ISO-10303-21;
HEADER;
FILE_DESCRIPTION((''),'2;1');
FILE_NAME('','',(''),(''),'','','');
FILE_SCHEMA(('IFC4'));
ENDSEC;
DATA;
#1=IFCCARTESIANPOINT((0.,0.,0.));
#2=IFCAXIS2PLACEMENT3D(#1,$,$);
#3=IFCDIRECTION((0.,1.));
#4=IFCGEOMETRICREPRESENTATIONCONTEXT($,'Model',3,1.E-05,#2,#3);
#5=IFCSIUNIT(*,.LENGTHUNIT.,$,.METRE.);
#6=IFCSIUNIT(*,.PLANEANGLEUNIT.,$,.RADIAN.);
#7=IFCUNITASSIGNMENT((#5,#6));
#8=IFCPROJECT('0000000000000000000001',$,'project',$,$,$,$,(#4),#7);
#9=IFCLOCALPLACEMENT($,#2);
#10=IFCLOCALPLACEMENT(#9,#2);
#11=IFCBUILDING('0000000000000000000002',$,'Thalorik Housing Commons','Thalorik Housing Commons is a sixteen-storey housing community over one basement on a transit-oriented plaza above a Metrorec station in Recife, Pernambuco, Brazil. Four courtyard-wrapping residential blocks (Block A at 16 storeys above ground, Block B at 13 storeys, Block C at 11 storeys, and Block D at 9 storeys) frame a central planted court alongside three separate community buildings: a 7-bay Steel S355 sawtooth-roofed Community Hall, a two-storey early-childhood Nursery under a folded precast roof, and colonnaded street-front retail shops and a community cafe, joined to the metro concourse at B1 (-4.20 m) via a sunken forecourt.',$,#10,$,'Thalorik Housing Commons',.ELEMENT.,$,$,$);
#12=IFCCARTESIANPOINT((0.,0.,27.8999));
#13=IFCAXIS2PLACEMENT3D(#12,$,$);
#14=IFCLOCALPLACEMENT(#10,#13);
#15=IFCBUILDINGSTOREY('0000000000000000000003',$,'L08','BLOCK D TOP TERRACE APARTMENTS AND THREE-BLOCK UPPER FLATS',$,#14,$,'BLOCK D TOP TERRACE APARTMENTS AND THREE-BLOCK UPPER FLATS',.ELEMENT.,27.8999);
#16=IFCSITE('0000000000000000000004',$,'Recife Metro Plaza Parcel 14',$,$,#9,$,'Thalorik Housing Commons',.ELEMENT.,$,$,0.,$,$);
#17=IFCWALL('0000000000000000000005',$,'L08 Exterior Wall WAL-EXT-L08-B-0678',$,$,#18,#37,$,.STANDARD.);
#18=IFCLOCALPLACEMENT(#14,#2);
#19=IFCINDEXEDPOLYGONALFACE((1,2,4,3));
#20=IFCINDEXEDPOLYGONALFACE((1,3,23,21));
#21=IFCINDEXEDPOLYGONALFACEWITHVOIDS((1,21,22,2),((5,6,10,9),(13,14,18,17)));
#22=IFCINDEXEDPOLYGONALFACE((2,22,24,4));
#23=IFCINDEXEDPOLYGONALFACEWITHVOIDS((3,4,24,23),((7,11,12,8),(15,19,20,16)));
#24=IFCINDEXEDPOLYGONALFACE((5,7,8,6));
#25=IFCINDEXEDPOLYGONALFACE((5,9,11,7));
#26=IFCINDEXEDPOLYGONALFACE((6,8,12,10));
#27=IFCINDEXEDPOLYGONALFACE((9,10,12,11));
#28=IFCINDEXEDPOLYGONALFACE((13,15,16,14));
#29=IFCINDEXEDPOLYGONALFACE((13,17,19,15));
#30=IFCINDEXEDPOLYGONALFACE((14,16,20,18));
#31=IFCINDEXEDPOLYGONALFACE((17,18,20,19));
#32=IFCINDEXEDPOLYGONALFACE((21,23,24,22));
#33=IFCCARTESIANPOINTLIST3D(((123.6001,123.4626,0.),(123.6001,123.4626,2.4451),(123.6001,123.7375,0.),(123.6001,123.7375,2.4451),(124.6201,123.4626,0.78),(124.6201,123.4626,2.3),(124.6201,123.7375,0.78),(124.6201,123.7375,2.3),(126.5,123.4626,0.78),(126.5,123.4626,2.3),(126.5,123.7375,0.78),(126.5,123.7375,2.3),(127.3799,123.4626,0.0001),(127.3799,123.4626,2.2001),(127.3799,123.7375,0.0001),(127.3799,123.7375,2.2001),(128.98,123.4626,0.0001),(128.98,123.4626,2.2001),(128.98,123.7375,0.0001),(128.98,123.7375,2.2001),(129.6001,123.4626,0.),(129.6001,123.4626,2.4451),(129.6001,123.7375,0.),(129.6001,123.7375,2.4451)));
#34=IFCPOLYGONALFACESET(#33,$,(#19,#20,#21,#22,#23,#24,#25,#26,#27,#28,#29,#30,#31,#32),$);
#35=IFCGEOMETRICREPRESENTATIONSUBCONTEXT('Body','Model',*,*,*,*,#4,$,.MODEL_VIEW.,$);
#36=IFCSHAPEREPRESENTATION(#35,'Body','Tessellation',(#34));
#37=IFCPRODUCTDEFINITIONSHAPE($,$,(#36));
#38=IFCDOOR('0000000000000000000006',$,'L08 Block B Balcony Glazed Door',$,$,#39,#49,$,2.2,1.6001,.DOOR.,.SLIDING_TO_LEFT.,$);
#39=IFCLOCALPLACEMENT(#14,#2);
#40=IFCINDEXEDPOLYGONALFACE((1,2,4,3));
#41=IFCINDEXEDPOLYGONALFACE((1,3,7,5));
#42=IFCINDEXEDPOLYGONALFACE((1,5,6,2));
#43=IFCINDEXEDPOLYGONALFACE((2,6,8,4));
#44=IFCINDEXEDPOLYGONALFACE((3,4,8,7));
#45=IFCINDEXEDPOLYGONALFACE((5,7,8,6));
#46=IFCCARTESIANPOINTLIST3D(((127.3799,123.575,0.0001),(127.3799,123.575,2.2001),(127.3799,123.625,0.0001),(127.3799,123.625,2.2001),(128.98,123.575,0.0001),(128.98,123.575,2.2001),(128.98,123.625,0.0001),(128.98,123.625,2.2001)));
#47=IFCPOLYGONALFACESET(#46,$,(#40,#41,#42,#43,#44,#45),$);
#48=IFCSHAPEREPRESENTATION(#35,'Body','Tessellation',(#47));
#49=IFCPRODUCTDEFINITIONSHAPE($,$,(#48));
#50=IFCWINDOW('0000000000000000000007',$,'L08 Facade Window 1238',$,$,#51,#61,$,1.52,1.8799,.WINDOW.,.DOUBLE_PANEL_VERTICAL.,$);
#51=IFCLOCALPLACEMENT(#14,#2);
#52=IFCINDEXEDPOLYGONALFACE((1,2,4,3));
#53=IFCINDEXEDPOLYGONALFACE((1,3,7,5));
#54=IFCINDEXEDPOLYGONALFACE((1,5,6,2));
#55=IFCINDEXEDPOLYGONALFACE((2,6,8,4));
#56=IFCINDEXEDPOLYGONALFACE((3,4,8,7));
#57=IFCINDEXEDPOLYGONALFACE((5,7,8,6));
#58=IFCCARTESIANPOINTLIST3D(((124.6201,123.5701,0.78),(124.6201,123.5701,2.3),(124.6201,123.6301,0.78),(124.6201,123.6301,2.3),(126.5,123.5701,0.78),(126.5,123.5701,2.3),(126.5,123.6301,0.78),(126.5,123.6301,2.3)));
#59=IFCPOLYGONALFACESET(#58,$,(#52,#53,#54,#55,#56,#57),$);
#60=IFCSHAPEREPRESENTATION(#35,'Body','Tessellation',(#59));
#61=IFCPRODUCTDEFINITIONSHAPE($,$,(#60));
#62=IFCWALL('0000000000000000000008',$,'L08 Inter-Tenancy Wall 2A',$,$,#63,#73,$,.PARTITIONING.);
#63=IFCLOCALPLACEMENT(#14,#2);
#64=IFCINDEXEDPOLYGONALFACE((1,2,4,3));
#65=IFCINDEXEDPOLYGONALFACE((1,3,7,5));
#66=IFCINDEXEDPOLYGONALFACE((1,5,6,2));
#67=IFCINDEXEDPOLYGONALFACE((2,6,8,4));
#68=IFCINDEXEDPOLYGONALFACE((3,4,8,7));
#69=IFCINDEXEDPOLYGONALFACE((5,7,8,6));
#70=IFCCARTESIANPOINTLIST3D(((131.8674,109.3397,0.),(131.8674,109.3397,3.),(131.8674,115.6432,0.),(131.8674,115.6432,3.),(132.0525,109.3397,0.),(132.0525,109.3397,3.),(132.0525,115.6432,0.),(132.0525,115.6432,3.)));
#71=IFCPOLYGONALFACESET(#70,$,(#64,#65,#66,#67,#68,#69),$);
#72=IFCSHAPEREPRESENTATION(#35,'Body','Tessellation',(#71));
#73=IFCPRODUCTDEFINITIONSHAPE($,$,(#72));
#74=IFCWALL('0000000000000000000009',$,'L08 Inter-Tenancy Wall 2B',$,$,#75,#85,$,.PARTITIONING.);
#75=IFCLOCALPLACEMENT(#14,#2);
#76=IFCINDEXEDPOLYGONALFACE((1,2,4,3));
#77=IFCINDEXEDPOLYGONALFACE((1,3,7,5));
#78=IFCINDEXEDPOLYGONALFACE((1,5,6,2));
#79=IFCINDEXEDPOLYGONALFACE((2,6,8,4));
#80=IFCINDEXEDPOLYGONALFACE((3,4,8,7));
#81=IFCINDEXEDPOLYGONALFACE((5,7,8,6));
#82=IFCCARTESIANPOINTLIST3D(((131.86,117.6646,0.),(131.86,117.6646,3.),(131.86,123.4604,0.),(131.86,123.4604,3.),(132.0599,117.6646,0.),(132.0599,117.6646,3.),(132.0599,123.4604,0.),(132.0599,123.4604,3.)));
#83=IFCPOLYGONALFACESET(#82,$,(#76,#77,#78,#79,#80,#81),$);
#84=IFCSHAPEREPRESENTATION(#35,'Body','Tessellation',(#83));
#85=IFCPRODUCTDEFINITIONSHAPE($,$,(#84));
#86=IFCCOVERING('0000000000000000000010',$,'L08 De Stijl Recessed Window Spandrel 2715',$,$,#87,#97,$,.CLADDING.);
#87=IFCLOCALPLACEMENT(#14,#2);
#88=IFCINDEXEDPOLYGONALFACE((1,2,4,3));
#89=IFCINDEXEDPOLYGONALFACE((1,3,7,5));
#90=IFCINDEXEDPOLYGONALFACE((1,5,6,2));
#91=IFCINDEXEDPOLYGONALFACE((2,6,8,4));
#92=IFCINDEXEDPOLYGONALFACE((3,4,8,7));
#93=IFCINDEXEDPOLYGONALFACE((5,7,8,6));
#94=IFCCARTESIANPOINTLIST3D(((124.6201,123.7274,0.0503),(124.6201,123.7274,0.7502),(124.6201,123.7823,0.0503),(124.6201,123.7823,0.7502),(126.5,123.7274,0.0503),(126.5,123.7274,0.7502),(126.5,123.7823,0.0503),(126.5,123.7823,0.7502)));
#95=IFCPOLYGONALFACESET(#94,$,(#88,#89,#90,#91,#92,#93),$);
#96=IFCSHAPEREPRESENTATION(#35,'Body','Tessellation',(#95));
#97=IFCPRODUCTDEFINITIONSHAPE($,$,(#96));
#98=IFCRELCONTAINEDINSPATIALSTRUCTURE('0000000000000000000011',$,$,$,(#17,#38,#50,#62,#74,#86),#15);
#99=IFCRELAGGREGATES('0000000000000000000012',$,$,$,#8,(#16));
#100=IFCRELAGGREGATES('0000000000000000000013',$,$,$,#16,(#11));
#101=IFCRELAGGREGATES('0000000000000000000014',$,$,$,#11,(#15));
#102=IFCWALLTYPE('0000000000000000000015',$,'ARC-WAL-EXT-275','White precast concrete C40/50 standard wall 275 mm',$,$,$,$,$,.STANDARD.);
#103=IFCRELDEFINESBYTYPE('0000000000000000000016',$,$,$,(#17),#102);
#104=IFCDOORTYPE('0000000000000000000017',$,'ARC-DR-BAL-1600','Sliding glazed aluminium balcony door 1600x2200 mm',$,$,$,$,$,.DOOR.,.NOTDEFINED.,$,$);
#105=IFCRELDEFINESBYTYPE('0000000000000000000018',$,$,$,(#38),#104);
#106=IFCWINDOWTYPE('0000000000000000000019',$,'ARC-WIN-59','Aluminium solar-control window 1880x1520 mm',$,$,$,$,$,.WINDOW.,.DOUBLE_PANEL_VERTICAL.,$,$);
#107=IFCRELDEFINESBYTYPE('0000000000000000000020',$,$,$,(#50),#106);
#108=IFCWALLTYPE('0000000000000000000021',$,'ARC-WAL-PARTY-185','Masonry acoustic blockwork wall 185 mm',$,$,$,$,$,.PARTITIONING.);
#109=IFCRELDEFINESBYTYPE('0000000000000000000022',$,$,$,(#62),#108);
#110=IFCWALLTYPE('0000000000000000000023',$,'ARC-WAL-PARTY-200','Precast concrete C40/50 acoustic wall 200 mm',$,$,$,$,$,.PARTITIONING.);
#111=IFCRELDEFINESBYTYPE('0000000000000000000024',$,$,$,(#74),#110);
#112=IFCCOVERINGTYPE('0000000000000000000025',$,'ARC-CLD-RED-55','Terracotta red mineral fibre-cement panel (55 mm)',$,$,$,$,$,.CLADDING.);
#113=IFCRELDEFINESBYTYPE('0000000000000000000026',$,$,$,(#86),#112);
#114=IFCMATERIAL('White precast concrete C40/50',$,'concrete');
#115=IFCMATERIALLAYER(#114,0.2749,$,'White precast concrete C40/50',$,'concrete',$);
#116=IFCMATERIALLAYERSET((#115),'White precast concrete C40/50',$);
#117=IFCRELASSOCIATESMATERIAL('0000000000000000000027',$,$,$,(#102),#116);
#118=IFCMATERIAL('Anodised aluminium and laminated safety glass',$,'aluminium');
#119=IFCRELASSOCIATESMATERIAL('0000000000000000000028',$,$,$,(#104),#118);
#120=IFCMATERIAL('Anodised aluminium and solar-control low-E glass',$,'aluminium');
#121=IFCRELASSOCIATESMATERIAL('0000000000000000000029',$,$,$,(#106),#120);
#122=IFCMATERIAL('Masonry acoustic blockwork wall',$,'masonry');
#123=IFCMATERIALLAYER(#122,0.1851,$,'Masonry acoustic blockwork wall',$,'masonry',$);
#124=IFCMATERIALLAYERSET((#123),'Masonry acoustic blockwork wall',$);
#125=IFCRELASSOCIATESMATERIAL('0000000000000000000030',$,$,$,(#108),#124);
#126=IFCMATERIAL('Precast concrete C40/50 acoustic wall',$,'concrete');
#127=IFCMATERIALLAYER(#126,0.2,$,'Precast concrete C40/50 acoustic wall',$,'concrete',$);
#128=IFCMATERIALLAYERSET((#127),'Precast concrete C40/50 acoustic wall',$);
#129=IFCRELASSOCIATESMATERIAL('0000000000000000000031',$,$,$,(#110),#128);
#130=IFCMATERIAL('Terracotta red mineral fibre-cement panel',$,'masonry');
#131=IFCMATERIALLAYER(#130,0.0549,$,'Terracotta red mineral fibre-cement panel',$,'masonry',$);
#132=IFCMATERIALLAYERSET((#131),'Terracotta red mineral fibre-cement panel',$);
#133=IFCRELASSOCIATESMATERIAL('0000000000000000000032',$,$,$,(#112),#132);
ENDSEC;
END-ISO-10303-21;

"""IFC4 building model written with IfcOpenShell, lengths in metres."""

from ifc_helpers import new_model, si_unit, direction, frame, frame_2d, origin, origin_2d, place, context, subcontext, project, spatial, rectangle, extrude, material, layer, layer_set, type_object, element, fill, save


model = new_model("IFC4")

# Units and contexts
model_context = context("Model", 3, precision=1e-05, world=origin(), true_north=direction((0.0, 1.0)))
body_context = subcontext(model_context, "Body", "Model", "MODEL_VIEW")
ifc_project = project(units=[si_unit("LENGTHUNIT", "METRE"), si_unit("PLANEANGLEUNIT", "RADIAN")], contexts=[model_context])

# Site, building, storey
site_placement = place(None, origin())
site = spatial("IfcSite", under=ifc_project, at=site_placement, Name="Recife Metro Plaza Parcel 14", LongName="Thalorik Housing Commons", CompositionType="ELEMENT", RefElevation=0.0)
building_placement = place(site_placement, origin())
building = spatial("IfcBuilding", under=site, at=building_placement, Name="Thalorik Housing Commons", Description="Thalorik Housing Commons is a sixteen-storey housing community over one basement on a transit-oriented plaza above a Metrorec station in Recife, Pernambuco, Brazil. Four courtyard-wrapping residential blocks (Block A at 16 storeys above ground, Block B at 13 storeys, Block C at 11 storeys, and Block D at 9 storeys) frame a central planted court alongside three separate community buildings: a 7-bay Steel S355 sawtooth-roofed Community Hall, a two-storey early-childhood Nursery under a folded precast roof, and colonnaded street-front retail shops and a community cafe, joined to the metro concourse at B1 (-4.20 m) via a sunken forecourt.", LongName="Thalorik Housing Commons", CompositionType="ELEMENT")
storey_placement = place(building_placement, frame((0.0, 0.0, 27.8999)))
storey = spatial("IfcBuildingStorey", under=building, at=storey_placement, Name="L08", Description="BLOCK D TOP TERRACE APARTMENTS AND THREE-BLOCK UPPER FLATS", LongName="BLOCK D TOP TERRACE APARTMENTS AND THREE-BLOCK UPPER FLATS", CompositionType="ELEMENT", Elevation=27.8999)

# Wall, openings, door, window
ifc_material_1 = material(Name="White precast concrete C40/50", Category="concrete")
ifc_layer_1 = layer(ifc_material_1, 0.2749, Name="White precast concrete C40/50", Category="concrete")
ifc_layer_set_1 = layer_set([ifc_layer_1], Name="White precast concrete C40/50")
wall_type_1 = type_object("IfcWallType", Name="ARC-WAL-EXT-275", Description="White precast concrete C40/50 standard wall 275 mm", PredefinedType="STANDARD", material=ifc_layer_set_1)
wall_1_placement = place(storey_placement, frame((129.6001, 123.6001, 0.0), z_axis=(0.0, 0.0, 1.0), x_axis=(-1.0, 0.0, 0.0)))
wall_1 = element("IfcWall", 1, at=wall_1_placement, inside=storey, type_object=wall_type_1, Name="L08 Exterior Wall WAL-EXT-L08-B-0678", PredefinedType="STANDARD", context=body_context, shape_type="SweptSolid", body=[
    extrude(rectangle(XDim=6.0, YDim=0.2749, at=frame_2d((3.0, 0.0))), origin(), (0.0, 0.0, 1.0), 2.4451),
])
opening_1_placement = place(wall_1_placement, frame((0.6201, 0.0, 0.0)))
opening_1 = element("IfcOpeningElement", 2, at=opening_1_placement, cuts=wall_1, PredefinedType="OPENING", context=body_context, shape_type="SweptSolid", body=[
    extrude(rectangle(XDim=1.6001, YDim=2.2, at=frame_2d((0.8, 1.1001))), frame((0.0, 0.1475, 0.0), z_axis=(0.0, -1.0, 0.0), x_axis=(1.0, 0.0, 0.0)), (0.0, 0.0, 1.0), 0.2949),
])
opening_2_placement = place(wall_1_placement, frame((3.1001, 0.0, 0.78)))
opening_2 = element("IfcOpeningElement", 3, at=opening_2_placement, cuts=wall_1, PredefinedType="OPENING", context=body_context, shape_type="SweptSolid", body=[
    extrude(rectangle(XDim=1.8799, YDim=1.52, at=frame_2d((0.9399, 0.76))), frame((0.0, 0.1475, 0.0), z_axis=(0.0, -1.0, 0.0), x_axis=(1.0, 0.0, 0.0)), (0.0, 0.0, 1.0), 0.2949),
])
ifc_material_2 = material(Name="Anodised aluminium and laminated safety glass", Category="aluminium")
door_type_1 = type_object("IfcDoorType", Name="ARC-DR-BAL-1600", Description="Sliding glazed aluminium balcony door 1600x2200 mm", OperationType="NOTDEFINED", PredefinedType="DOOR", material=ifc_material_2)
door_1_placement = place(opening_1_placement, frame((1.6001, 0.0, 0.0), z_axis=(0.0, 0.0, 1.0), x_axis=(-1.0, 0.0, 0.0)))
door_1 = element("IfcDoor", 4, at=door_1_placement, inside=storey, type_object=door_type_1, Name="L08 Block B Balcony Glazed Door", OperationType="SLIDING_TO_LEFT", OverallHeight=2.2, OverallWidth=1.6001, PredefinedType="DOOR", context=body_context, shape_type="SweptSolid", body=[
    extrude(rectangle(XDim=1.6001, YDim=2.2, at=frame_2d((0.8, 1.1001))), frame((0.0, 0.0249, 0.0), z_axis=(0.0, -1.0, 0.0), x_axis=(1.0, 0.0, 0.0)), (0.0, 0.0, 1.0), 0.05),
])
fill(opening_1, door_1)
ifc_material_3 = material(Name="Anodised aluminium and solar-control low-E glass", Category="aluminium")
window_type_1 = type_object("IfcWindowType", Name="ARC-WIN-59", Description="Aluminium solar-control window 1880x1520 mm", PartitioningType="DOUBLE_PANEL_VERTICAL", PredefinedType="WINDOW", material=ifc_material_3)
window_1_placement = place(opening_2_placement, origin())
window_1 = element("IfcWindow", 5, at=window_1_placement, inside=storey, type_object=window_type_1, Name="L08 Facade Window 1238", OverallHeight=1.52, OverallWidth=1.8799, PartitioningType="DOUBLE_PANEL_VERTICAL", PredefinedType="WINDOW", context=body_context, shape_type="SweptSolid", body=[
    extrude(rectangle(XDim=1.8799, YDim=1.52, at=frame_2d((0.9399, 0.76))), frame((0.0, 0.03, 0.0), z_axis=(0.0, -1.0, 0.0), x_axis=(1.0, 0.0, 0.0)), (0.0, 0.0, 1.0), 0.0601),
])
fill(opening_2, window_1)

# Walls
ifc_material_4 = material(Name="Masonry acoustic blockwork wall", Category="masonry")
ifc_layer_2 = layer(ifc_material_4, 0.1851, Name="Masonry acoustic blockwork wall", Category="masonry")
ifc_layer_set_2 = layer_set([ifc_layer_2], Name="Masonry acoustic blockwork wall")
wall_type_2 = type_object("IfcWallType", Name="ARC-WAL-PARTY-185", Description="Masonry acoustic blockwork wall 185 mm", PredefinedType="PARTITIONING", material=ifc_layer_set_2)
wall_2_placement = place(storey_placement, frame((131.96, 109.3396, 0.0), z_axis=(0.0, 0.0, 1.0), x_axis=(0.0, 1.0, 0.0)))
element("IfcWall", 6, at=wall_2_placement, inside=storey, type_object=wall_type_2, Name="L08 Inter-Tenancy Wall 2A", PredefinedType="PARTITIONING", context=body_context, shape_type="SweptSolid", body=[
    extrude(rectangle(XDim=6.3035, YDim=0.1851, at=frame_2d((3.1519, 0.0))), origin(), (0.0, 0.0, 1.0), 3.0),
])
ifc_material_5 = material(Name="Precast concrete C40/50 acoustic wall", Category="concrete")
ifc_layer_3 = layer(ifc_material_5, 0.2, Name="Precast concrete C40/50 acoustic wall", Category="concrete")
ifc_layer_set_3 = layer_set([ifc_layer_3], Name="Precast concrete C40/50 acoustic wall")
wall_type_3 = type_object("IfcWallType", Name="ARC-WAL-PARTY-200", Description="Precast concrete C40/50 acoustic wall 200 mm", PredefinedType="PARTITIONING", material=ifc_layer_set_3)
wall_3_placement = place(storey_placement, frame((131.96, 117.6646, 0.0), z_axis=(0.0, 0.0, 1.0), x_axis=(0.0, 1.0, 0.0)))
element("IfcWall", 7, at=wall_3_placement, inside=storey, type_object=wall_type_3, Name="L08 Inter-Tenancy Wall 2B", PredefinedType="PARTITIONING", context=body_context, shape_type="SweptSolid", body=[
    extrude(rectangle(XDim=5.7959, YDim=0.2, at=frame_2d((2.8979, 0.0))), origin(), (0.0, 0.0, 1.0), 3.0),
])

# Covering
ifc_material_6 = material(Name="Terracotta red mineral fibre-cement panel", Category="masonry")
ifc_layer_4 = layer(ifc_material_6, 0.0549, Name="Terracotta red mineral fibre-cement panel", Category="masonry")
ifc_layer_set_4 = layer_set([ifc_layer_4], Name="Terracotta red mineral fibre-cement panel")
covering_type_1 = type_object("IfcCoveringType", Name="ARC-CLD-RED-55", Description="Terracotta red mineral fibre-cement panel (55 mm)", PredefinedType="CLADDING", material=ifc_layer_set_4)
covering_1_placement = place(storey_placement, frame((125.5601, 123.7549, 0.0503), z_axis=(0.0, 0.0, 1.0), x_axis=(-1.0, 0.0, 0.0)))
element("IfcCovering", 8, at=covering_1_placement, inside=storey, type_object=covering_type_1, Name="L08 De Stijl Recessed Window Spandrel 2715", PredefinedType="CLADDING", context=body_context, shape_type="SweptSolid", body=[
    extrude(rectangle(XDim=1.8799, YDim=0.0549, at=origin_2d()), origin(), (0.0, 0.0, 1.0), 0.7),
])

save(model, "model.ifc")
